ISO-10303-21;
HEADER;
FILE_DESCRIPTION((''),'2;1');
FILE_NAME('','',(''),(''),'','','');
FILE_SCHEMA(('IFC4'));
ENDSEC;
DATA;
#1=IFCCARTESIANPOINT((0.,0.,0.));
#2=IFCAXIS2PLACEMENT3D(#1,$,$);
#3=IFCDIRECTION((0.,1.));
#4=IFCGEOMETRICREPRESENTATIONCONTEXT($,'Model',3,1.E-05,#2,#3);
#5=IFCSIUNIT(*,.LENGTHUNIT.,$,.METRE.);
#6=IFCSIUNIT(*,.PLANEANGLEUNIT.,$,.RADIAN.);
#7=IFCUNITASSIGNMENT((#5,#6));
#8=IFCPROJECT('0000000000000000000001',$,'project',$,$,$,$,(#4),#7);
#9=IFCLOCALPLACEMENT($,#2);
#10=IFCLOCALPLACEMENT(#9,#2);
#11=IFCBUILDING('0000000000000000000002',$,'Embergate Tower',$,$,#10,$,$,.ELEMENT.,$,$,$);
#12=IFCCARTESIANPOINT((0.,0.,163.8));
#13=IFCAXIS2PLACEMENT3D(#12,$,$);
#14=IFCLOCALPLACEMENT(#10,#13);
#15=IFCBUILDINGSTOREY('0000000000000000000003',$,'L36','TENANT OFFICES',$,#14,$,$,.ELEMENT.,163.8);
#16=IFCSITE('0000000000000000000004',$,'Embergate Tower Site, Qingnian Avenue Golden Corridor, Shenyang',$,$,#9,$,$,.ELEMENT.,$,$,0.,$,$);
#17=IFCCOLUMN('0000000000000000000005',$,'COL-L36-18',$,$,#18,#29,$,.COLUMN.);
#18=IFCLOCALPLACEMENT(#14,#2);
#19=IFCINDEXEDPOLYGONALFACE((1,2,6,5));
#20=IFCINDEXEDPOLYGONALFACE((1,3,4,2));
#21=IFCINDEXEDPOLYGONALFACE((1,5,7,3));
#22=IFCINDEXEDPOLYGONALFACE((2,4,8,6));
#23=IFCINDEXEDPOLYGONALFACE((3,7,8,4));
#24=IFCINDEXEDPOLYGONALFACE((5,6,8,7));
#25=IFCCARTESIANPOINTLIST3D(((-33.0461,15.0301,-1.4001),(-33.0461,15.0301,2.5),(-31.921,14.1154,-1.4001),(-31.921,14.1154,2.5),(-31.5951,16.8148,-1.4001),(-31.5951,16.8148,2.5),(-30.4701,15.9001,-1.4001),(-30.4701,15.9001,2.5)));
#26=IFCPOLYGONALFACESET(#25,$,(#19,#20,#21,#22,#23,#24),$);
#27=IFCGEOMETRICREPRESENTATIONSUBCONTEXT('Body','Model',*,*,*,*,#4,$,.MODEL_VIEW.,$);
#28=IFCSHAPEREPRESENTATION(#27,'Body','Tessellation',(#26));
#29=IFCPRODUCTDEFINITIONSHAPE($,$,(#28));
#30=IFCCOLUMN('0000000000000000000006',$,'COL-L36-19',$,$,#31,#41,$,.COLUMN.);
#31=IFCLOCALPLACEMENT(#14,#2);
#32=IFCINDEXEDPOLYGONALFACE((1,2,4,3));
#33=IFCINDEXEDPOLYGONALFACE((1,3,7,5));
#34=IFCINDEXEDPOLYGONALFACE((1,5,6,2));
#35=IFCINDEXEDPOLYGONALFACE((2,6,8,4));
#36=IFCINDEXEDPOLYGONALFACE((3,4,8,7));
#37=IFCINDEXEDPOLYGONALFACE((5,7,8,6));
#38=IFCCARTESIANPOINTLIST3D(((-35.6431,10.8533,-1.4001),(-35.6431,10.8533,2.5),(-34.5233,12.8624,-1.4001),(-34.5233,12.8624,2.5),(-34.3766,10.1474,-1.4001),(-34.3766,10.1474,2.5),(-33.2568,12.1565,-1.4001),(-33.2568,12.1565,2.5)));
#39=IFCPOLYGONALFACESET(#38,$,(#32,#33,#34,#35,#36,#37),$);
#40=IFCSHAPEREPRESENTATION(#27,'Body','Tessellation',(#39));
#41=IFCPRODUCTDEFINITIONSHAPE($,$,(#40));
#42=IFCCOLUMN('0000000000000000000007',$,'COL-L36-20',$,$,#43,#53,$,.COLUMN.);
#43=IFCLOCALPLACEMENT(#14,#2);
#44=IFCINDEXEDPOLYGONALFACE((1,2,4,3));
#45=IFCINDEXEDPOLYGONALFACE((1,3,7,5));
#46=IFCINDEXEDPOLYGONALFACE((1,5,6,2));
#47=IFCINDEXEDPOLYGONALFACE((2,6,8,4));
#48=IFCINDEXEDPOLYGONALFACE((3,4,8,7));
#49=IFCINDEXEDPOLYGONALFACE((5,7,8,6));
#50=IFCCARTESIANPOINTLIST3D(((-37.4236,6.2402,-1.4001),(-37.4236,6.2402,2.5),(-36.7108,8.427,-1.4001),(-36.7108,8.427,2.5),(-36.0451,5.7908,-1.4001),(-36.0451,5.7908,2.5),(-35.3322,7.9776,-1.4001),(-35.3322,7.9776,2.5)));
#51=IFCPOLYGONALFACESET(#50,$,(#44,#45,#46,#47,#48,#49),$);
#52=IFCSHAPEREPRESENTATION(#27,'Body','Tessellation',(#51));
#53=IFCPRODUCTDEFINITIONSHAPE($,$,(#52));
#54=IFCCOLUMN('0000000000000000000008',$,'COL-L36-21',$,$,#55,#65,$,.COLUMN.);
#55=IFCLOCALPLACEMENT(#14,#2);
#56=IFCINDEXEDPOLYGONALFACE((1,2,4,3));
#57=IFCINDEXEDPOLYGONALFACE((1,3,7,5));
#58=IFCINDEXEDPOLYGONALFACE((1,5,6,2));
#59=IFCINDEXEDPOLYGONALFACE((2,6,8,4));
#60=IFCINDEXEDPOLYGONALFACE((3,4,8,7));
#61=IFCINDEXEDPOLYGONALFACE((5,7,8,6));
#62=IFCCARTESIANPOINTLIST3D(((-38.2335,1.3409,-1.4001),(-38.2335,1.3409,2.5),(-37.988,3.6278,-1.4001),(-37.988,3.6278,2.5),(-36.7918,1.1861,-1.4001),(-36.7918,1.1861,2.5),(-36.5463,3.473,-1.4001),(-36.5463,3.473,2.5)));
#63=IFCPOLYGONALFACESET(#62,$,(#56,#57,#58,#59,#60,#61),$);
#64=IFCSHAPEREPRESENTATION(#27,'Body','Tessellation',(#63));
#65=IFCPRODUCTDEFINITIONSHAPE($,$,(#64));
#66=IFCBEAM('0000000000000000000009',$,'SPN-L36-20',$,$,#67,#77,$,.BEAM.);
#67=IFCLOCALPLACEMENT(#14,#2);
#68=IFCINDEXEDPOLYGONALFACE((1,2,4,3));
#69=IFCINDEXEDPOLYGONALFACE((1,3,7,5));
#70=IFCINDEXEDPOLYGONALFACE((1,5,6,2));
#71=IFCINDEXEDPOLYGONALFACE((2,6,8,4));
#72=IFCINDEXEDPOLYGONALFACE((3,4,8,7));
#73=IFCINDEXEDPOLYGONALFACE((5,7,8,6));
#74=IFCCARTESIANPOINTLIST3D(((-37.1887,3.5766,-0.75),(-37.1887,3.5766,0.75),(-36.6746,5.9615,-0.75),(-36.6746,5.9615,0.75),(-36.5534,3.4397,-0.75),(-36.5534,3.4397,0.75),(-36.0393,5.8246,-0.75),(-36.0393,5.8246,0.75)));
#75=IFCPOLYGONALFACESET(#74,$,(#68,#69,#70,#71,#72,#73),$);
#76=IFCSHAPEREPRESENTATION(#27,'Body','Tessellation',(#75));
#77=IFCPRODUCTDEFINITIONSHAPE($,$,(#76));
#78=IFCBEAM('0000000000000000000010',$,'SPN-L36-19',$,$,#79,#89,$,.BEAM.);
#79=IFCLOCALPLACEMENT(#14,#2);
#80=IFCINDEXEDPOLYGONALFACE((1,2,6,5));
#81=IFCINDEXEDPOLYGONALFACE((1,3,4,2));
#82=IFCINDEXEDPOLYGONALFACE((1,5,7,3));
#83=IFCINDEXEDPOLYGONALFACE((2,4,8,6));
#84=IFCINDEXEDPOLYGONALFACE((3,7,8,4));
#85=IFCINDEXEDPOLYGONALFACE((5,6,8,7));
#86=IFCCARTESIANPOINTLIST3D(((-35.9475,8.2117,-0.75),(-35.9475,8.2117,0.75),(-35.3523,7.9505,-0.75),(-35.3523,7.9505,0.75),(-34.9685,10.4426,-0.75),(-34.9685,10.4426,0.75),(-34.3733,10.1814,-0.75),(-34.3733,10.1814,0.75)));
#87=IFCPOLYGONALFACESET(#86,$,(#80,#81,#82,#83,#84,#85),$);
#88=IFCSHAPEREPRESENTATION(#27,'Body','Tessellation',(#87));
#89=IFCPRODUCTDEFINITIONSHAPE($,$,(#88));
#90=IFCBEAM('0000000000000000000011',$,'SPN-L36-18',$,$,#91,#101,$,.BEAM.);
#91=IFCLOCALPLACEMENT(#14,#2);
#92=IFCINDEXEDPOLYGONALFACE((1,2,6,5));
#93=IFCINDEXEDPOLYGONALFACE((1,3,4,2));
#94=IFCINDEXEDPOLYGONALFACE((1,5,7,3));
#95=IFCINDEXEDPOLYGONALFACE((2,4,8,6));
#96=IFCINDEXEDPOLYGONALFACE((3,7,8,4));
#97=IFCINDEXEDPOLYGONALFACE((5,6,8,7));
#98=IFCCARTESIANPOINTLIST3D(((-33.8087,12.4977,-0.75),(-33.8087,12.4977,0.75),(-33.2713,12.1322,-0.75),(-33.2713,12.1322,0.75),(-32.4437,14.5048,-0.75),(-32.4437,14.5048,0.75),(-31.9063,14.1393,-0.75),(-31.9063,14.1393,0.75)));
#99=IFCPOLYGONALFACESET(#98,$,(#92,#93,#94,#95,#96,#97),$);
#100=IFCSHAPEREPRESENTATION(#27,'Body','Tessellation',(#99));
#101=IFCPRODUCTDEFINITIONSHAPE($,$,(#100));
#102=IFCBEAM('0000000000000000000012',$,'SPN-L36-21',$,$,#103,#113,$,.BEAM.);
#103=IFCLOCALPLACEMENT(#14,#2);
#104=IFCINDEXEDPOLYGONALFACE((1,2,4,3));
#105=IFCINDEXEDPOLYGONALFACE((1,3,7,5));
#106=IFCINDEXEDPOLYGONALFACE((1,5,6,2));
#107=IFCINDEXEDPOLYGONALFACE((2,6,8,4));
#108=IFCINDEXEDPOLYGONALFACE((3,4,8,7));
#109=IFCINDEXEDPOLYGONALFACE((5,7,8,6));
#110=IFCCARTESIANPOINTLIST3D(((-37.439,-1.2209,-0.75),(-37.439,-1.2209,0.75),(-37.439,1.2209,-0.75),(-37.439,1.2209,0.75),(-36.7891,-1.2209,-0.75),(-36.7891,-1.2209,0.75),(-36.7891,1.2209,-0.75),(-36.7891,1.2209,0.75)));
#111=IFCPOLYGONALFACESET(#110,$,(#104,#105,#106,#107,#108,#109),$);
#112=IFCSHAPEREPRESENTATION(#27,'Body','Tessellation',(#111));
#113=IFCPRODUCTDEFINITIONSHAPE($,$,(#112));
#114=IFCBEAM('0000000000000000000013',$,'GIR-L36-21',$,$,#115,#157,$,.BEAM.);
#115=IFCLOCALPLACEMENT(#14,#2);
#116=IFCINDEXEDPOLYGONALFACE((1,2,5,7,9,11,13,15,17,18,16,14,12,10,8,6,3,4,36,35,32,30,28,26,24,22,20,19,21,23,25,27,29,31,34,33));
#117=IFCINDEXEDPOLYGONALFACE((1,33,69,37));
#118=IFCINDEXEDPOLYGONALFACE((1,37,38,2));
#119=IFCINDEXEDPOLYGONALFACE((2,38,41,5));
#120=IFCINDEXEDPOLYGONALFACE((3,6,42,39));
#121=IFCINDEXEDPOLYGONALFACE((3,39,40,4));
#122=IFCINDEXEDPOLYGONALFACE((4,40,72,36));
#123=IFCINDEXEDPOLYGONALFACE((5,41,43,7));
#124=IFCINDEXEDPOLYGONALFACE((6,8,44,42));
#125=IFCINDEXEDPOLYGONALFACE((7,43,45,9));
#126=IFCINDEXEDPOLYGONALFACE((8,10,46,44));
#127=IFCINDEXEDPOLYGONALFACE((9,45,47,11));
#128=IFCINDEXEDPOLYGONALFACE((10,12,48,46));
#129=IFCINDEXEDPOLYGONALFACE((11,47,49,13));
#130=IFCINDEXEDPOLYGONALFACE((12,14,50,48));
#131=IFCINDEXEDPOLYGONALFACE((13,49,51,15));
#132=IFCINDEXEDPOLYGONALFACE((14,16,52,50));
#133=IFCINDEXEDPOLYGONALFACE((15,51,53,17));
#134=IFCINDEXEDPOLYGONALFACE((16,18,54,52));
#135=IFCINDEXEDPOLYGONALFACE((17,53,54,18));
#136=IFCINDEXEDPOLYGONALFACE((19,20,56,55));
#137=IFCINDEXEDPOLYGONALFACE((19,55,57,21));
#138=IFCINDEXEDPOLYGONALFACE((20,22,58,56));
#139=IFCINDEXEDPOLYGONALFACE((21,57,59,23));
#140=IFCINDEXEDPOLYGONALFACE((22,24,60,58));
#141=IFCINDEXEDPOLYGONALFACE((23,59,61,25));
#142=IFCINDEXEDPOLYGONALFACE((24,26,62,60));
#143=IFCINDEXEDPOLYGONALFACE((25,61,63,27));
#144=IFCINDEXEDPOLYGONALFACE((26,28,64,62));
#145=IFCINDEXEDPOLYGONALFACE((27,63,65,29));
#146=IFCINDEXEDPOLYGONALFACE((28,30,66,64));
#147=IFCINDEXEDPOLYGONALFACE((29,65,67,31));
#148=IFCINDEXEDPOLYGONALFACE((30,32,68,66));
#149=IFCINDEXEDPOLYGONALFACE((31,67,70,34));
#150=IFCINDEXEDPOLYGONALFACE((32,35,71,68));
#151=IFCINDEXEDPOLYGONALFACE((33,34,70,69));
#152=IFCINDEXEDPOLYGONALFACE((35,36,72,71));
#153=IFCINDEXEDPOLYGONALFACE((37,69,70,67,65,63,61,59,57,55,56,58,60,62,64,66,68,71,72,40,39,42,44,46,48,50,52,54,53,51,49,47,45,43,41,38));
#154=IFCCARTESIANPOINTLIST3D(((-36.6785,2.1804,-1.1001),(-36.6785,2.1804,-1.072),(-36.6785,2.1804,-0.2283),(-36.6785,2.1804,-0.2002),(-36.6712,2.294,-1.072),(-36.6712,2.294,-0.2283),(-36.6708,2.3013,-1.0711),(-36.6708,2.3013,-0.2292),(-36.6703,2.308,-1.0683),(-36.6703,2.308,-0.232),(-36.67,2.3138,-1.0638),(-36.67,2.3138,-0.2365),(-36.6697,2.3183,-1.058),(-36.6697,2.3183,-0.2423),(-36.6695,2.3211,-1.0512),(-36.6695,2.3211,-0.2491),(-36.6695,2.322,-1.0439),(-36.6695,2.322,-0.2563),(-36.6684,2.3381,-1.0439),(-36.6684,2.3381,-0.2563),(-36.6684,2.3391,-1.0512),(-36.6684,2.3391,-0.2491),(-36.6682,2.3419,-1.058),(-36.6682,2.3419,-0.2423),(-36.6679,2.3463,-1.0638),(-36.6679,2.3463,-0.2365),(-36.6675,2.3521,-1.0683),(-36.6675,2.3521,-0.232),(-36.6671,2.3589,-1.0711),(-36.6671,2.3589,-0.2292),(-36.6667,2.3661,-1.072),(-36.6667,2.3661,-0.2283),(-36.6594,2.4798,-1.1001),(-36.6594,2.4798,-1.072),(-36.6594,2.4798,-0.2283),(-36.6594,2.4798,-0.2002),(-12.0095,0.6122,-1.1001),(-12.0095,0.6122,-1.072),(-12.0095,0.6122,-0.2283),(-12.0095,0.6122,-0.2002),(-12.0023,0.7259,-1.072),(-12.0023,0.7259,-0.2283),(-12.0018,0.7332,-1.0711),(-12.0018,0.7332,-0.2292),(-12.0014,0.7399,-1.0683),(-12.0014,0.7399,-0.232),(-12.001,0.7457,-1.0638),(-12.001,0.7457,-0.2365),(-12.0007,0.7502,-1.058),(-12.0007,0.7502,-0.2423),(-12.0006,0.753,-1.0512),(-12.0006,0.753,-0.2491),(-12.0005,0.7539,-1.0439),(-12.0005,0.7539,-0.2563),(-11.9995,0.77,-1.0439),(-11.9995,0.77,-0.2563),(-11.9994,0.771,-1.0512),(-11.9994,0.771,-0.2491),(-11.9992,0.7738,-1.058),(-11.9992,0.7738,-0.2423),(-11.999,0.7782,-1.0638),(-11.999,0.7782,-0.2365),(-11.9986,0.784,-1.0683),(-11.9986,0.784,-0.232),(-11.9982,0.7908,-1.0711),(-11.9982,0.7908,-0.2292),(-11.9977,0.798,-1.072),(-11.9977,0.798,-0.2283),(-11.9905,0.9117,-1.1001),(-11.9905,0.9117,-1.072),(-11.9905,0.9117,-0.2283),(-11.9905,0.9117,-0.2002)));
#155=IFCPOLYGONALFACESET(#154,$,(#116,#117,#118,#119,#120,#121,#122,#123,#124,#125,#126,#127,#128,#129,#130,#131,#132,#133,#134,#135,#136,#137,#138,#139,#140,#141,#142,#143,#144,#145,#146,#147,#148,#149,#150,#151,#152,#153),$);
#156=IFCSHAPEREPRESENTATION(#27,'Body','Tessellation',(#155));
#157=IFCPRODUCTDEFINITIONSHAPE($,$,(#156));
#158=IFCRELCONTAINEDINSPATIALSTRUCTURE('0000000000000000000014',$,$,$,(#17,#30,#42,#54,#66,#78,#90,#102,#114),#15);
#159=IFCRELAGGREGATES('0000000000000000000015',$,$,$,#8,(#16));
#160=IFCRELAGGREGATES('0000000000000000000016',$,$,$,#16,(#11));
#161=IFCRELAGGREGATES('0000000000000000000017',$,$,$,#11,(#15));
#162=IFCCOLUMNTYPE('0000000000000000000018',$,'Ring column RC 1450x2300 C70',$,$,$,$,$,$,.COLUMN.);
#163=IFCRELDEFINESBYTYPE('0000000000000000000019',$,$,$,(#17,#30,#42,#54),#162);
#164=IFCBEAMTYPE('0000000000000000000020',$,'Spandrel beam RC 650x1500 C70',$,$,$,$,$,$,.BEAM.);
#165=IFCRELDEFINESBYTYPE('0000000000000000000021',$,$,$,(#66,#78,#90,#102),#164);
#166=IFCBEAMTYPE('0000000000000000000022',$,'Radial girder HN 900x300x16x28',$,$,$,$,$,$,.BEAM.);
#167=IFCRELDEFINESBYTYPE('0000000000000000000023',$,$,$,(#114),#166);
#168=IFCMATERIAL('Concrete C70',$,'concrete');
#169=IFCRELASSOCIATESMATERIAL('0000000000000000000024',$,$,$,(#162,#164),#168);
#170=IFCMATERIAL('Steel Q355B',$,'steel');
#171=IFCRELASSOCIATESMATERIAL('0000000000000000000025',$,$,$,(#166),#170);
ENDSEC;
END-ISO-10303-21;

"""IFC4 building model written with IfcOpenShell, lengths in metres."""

from ifc_helpers import new_model, si_unit, direction, frame, origin, origin_2d, place, context, subcontext, project, spatial, rectangle, i_section, extrude, source, transform, mapped, material, material_profile, profile_set, type_object, element, save


model = new_model("IFC4")

# Units and contexts
model_context = context("Model", 3, precision=1e-05, world=origin(), true_north=direction((0.0, 1.0)))
body_context = subcontext(model_context, "Body", "Model", "MODEL_VIEW")
ifc_project = project(units=[si_unit("LENGTHUNIT", "METRE"), si_unit("PLANEANGLEUNIT", "RADIAN")], contexts=[model_context])

# Site, building, storey
site_placement = place(None, origin())
site = spatial("IfcSite", under=ifc_project, at=site_placement, Name="Embergate Tower Site, Qingnian Avenue Golden Corridor, Shenyang", CompositionType="ELEMENT", RefElevation=0.0)
building_placement = place(site_placement, origin())
building = spatial("IfcBuilding", under=site, at=building_placement, Name="Embergate Tower", CompositionType="ELEMENT")
storey_placement = place(building_placement, frame((0.0, 0.0, 163.8)))
storey = spatial("IfcBuildingStorey", under=building, at=storey_placement, Name="L36", Description="TENANT OFFICES", CompositionType="ELEMENT", Elevation=163.8)

# Columns
ifc_material_1 = material(Name="Concrete C70", Category="concrete")
ifc_material_profile_1 = material_profile(ifc_material_1, rectangle(XDim=1.45, YDim=2.3, at=origin_2d()), Name="RC 1450x2300")
ifc_profile_set_1 = profile_set([ifc_material_profile_1], Name="Concrete C70")
column_type = type_object("IfcColumnType", Name="Ring column RC 1450x2300 C70", PredefinedType="COLUMN", material=ifc_profile_set_1)
shared_shape_1 = source(origin(), body_context, "Body", "SweptSolid", [
    extrude(rectangle(XDim=1.45, YDim=2.3, at=origin_2d()), origin(), (0.0, 0.0, 1.0), 3.9001),
])
for number, where, z_axis, x_axis, name in (
    (1, (-31.7581, 15.4651, -1.4001), (0.0, 0.0, 1.0), (-0.775914, 0.630838, 0.0), "COL-L36-18"),
    (2, (-34.45, 11.5049, -1.4001), (0.0, 0.0, 1.0), (-0.873492, 0.486839, 0.0), "COL-L36-19"),
    (3, (-36.3779, 7.1089, -1.4001), (0.0, 0.0, 1.0), (-0.950754, 0.309946, 0.0), "COL-L36-20"),
    (4, (-37.3899, 2.407, -1.4001), (0.0, 0.0, 1.0), (-0.994286, 0.10675, 0.0), "COL-L36-21"),
):
    element("IfcColumn", number, at=place(storey_placement, frame(where, z_axis=z_axis, x_axis=x_axis)), inside=storey, type_object=column_type, Name=name, PredefinedType="COLUMN", context=body_context, shape_type="MappedRepresentation", body=[
        mapped(shared_shape_1, transform((0.0, 0.0, 0.0))),
    ])

# Beams
ifc_material_profile_2 = material_profile(ifc_material_1, rectangle(XDim=0.6499, YDim=1.5, at=origin_2d()), Name="RC 650x1500")
ifc_profile_set_2 = profile_set([ifc_material_profile_2], Name="Concrete C70")
beam_type_1 = type_object("IfcBeamType", Name="Spandrel beam RC 650x1500 C70", PredefinedType="BEAM", material=ifc_profile_set_2)
shared_shape_2 = source(origin(), body_context, "Body", "SweptSolid", [
    extrude(rectangle(XDim=0.6499, YDim=1.5, at=origin_2d()), origin(), (0.0, 0.0, 1.0), 2.4397),
])
beam_1_placement = place(storey_placement, frame((-36.3569, 5.8931, 0.0), z_axis=(-0.210739, -0.977542, 0.0), x_axis=(0.977542, -0.210739, 0.0)))
element("IfcBeam", 5, at=beam_1_placement, inside=storey, type_object=beam_type_1, Name="SPN-L36-20", PredefinedType="BEAM", context=body_context, shape_type="MappedRepresentation", body=[
    mapped(shared_shape_2, transform((0.0, 0.0, 0.0))),
])
shared_shape_3 = source(origin(), body_context, "Body", "SweptSolid", [
    extrude(rectangle(XDim=0.6499, YDim=1.5, at=origin_2d()), origin(), (0.0, 0.0, 1.0), 2.4363),
])
beam_2_placement = place(storey_placement, frame((-34.6709, 10.312, 0.0), z_axis=(-0.401838, -0.915711, 0.0), x_axis=(0.915711, -0.401838, 0.0)))
element("IfcBeam", 6, at=beam_2_placement, inside=storey, type_object=beam_type_1, Name="SPN-L36-19", PredefinedType="BEAM", context=body_context, shape_type="MappedRepresentation", body=[
    mapped(shared_shape_3, transform((0.0, 0.0, 0.0))),
])
shared_shape_4 = source(origin(), body_context, "Body", "SweptSolid", [
    extrude(rectangle(XDim=0.6499, YDim=1.5, at=origin_2d()), origin(), (0.0, 0.0, 1.0), 2.4272),
])
beam_3_placement = place(storey_placement, frame((-32.175, 14.322, 0.0), z_axis=(-0.56236, -0.826893, 0.0), x_axis=(0.826893, -0.56236, 0.0)))
element("IfcBeam", 7, at=beam_3_placement, inside=storey, type_object=beam_type_1, Name="SPN-L36-18", PredefinedType="BEAM", context=body_context, shape_type="MappedRepresentation", body=[
    mapped(shared_shape_4, transform((0.0, 0.0, 0.0))),
])
shared_shape_5 = source(origin(), body_context, "Body", "SweptSolid", [
    extrude(rectangle(XDim=0.6499, YDim=1.5, at=origin_2d()), origin(), (0.0, 0.0, 1.0), 2.4419),
])
beam_4_placement = place(storey_placement, frame((-37.114, 1.2209, 0.0), z_axis=(0.0, -1.0, 0.0), x_axis=(1.0, 0.0, 0.0)))
element("IfcBeam", 8, at=beam_4_placement, inside=storey, type_object=beam_type_1, Name="SPN-L36-21", PredefinedType="BEAM", context=body_context, shape_type="MappedRepresentation", body=[
    mapped(shared_shape_5, transform((0.0, 0.0, 0.0))),
])
ifc_material_2 = material(Name="Steel Q355B", Category="steel")
ifc_material_profile_3 = material_profile(ifc_material_2, i_section(OverallWidth=0.3, OverallDepth=0.8999, WebThickness=0.0161, FlangeThickness=0.0281, FilletRadius=0.0281, at=origin_2d()), Name="HN 900x300x16x28")
ifc_profile_set_3 = profile_set([ifc_material_profile_3], Name="Steel Q355 grade B")
beam_type_2 = type_object("IfcBeamType", Name="Radial girder HN 900x300x16x28", PredefinedType="BEAM", material=ifc_profile_set_3)
shared_shape_6 = source(origin(), body_context, "Body", "SweptSolid", [
    extrude(i_section(OverallWidth=0.3, OverallDepth=0.8999, WebThickness=0.0161, FlangeThickness=0.0281, FilletRadius=0.0281, at=origin_2d()), origin(), (0.0, 0.0, 1.0), 24.7188),
])
beam_5_placement = place(storey_placement, frame((-36.6689, 2.3301, -0.6501), z_axis=(0.997986, -0.063438, 0.0), x_axis=(0.063438, 0.997986, 0.0)))
element("IfcBeam", 9, at=beam_5_placement, inside=storey, type_object=beam_type_2, Name="GIR-L36-21", PredefinedType="BEAM", context=body_context, shape_type="MappedRepresentation", body=[
    mapped(shared_shape_6, transform((0.0, 0.0, 0.0))),
])

save(model, "model.ifc")
